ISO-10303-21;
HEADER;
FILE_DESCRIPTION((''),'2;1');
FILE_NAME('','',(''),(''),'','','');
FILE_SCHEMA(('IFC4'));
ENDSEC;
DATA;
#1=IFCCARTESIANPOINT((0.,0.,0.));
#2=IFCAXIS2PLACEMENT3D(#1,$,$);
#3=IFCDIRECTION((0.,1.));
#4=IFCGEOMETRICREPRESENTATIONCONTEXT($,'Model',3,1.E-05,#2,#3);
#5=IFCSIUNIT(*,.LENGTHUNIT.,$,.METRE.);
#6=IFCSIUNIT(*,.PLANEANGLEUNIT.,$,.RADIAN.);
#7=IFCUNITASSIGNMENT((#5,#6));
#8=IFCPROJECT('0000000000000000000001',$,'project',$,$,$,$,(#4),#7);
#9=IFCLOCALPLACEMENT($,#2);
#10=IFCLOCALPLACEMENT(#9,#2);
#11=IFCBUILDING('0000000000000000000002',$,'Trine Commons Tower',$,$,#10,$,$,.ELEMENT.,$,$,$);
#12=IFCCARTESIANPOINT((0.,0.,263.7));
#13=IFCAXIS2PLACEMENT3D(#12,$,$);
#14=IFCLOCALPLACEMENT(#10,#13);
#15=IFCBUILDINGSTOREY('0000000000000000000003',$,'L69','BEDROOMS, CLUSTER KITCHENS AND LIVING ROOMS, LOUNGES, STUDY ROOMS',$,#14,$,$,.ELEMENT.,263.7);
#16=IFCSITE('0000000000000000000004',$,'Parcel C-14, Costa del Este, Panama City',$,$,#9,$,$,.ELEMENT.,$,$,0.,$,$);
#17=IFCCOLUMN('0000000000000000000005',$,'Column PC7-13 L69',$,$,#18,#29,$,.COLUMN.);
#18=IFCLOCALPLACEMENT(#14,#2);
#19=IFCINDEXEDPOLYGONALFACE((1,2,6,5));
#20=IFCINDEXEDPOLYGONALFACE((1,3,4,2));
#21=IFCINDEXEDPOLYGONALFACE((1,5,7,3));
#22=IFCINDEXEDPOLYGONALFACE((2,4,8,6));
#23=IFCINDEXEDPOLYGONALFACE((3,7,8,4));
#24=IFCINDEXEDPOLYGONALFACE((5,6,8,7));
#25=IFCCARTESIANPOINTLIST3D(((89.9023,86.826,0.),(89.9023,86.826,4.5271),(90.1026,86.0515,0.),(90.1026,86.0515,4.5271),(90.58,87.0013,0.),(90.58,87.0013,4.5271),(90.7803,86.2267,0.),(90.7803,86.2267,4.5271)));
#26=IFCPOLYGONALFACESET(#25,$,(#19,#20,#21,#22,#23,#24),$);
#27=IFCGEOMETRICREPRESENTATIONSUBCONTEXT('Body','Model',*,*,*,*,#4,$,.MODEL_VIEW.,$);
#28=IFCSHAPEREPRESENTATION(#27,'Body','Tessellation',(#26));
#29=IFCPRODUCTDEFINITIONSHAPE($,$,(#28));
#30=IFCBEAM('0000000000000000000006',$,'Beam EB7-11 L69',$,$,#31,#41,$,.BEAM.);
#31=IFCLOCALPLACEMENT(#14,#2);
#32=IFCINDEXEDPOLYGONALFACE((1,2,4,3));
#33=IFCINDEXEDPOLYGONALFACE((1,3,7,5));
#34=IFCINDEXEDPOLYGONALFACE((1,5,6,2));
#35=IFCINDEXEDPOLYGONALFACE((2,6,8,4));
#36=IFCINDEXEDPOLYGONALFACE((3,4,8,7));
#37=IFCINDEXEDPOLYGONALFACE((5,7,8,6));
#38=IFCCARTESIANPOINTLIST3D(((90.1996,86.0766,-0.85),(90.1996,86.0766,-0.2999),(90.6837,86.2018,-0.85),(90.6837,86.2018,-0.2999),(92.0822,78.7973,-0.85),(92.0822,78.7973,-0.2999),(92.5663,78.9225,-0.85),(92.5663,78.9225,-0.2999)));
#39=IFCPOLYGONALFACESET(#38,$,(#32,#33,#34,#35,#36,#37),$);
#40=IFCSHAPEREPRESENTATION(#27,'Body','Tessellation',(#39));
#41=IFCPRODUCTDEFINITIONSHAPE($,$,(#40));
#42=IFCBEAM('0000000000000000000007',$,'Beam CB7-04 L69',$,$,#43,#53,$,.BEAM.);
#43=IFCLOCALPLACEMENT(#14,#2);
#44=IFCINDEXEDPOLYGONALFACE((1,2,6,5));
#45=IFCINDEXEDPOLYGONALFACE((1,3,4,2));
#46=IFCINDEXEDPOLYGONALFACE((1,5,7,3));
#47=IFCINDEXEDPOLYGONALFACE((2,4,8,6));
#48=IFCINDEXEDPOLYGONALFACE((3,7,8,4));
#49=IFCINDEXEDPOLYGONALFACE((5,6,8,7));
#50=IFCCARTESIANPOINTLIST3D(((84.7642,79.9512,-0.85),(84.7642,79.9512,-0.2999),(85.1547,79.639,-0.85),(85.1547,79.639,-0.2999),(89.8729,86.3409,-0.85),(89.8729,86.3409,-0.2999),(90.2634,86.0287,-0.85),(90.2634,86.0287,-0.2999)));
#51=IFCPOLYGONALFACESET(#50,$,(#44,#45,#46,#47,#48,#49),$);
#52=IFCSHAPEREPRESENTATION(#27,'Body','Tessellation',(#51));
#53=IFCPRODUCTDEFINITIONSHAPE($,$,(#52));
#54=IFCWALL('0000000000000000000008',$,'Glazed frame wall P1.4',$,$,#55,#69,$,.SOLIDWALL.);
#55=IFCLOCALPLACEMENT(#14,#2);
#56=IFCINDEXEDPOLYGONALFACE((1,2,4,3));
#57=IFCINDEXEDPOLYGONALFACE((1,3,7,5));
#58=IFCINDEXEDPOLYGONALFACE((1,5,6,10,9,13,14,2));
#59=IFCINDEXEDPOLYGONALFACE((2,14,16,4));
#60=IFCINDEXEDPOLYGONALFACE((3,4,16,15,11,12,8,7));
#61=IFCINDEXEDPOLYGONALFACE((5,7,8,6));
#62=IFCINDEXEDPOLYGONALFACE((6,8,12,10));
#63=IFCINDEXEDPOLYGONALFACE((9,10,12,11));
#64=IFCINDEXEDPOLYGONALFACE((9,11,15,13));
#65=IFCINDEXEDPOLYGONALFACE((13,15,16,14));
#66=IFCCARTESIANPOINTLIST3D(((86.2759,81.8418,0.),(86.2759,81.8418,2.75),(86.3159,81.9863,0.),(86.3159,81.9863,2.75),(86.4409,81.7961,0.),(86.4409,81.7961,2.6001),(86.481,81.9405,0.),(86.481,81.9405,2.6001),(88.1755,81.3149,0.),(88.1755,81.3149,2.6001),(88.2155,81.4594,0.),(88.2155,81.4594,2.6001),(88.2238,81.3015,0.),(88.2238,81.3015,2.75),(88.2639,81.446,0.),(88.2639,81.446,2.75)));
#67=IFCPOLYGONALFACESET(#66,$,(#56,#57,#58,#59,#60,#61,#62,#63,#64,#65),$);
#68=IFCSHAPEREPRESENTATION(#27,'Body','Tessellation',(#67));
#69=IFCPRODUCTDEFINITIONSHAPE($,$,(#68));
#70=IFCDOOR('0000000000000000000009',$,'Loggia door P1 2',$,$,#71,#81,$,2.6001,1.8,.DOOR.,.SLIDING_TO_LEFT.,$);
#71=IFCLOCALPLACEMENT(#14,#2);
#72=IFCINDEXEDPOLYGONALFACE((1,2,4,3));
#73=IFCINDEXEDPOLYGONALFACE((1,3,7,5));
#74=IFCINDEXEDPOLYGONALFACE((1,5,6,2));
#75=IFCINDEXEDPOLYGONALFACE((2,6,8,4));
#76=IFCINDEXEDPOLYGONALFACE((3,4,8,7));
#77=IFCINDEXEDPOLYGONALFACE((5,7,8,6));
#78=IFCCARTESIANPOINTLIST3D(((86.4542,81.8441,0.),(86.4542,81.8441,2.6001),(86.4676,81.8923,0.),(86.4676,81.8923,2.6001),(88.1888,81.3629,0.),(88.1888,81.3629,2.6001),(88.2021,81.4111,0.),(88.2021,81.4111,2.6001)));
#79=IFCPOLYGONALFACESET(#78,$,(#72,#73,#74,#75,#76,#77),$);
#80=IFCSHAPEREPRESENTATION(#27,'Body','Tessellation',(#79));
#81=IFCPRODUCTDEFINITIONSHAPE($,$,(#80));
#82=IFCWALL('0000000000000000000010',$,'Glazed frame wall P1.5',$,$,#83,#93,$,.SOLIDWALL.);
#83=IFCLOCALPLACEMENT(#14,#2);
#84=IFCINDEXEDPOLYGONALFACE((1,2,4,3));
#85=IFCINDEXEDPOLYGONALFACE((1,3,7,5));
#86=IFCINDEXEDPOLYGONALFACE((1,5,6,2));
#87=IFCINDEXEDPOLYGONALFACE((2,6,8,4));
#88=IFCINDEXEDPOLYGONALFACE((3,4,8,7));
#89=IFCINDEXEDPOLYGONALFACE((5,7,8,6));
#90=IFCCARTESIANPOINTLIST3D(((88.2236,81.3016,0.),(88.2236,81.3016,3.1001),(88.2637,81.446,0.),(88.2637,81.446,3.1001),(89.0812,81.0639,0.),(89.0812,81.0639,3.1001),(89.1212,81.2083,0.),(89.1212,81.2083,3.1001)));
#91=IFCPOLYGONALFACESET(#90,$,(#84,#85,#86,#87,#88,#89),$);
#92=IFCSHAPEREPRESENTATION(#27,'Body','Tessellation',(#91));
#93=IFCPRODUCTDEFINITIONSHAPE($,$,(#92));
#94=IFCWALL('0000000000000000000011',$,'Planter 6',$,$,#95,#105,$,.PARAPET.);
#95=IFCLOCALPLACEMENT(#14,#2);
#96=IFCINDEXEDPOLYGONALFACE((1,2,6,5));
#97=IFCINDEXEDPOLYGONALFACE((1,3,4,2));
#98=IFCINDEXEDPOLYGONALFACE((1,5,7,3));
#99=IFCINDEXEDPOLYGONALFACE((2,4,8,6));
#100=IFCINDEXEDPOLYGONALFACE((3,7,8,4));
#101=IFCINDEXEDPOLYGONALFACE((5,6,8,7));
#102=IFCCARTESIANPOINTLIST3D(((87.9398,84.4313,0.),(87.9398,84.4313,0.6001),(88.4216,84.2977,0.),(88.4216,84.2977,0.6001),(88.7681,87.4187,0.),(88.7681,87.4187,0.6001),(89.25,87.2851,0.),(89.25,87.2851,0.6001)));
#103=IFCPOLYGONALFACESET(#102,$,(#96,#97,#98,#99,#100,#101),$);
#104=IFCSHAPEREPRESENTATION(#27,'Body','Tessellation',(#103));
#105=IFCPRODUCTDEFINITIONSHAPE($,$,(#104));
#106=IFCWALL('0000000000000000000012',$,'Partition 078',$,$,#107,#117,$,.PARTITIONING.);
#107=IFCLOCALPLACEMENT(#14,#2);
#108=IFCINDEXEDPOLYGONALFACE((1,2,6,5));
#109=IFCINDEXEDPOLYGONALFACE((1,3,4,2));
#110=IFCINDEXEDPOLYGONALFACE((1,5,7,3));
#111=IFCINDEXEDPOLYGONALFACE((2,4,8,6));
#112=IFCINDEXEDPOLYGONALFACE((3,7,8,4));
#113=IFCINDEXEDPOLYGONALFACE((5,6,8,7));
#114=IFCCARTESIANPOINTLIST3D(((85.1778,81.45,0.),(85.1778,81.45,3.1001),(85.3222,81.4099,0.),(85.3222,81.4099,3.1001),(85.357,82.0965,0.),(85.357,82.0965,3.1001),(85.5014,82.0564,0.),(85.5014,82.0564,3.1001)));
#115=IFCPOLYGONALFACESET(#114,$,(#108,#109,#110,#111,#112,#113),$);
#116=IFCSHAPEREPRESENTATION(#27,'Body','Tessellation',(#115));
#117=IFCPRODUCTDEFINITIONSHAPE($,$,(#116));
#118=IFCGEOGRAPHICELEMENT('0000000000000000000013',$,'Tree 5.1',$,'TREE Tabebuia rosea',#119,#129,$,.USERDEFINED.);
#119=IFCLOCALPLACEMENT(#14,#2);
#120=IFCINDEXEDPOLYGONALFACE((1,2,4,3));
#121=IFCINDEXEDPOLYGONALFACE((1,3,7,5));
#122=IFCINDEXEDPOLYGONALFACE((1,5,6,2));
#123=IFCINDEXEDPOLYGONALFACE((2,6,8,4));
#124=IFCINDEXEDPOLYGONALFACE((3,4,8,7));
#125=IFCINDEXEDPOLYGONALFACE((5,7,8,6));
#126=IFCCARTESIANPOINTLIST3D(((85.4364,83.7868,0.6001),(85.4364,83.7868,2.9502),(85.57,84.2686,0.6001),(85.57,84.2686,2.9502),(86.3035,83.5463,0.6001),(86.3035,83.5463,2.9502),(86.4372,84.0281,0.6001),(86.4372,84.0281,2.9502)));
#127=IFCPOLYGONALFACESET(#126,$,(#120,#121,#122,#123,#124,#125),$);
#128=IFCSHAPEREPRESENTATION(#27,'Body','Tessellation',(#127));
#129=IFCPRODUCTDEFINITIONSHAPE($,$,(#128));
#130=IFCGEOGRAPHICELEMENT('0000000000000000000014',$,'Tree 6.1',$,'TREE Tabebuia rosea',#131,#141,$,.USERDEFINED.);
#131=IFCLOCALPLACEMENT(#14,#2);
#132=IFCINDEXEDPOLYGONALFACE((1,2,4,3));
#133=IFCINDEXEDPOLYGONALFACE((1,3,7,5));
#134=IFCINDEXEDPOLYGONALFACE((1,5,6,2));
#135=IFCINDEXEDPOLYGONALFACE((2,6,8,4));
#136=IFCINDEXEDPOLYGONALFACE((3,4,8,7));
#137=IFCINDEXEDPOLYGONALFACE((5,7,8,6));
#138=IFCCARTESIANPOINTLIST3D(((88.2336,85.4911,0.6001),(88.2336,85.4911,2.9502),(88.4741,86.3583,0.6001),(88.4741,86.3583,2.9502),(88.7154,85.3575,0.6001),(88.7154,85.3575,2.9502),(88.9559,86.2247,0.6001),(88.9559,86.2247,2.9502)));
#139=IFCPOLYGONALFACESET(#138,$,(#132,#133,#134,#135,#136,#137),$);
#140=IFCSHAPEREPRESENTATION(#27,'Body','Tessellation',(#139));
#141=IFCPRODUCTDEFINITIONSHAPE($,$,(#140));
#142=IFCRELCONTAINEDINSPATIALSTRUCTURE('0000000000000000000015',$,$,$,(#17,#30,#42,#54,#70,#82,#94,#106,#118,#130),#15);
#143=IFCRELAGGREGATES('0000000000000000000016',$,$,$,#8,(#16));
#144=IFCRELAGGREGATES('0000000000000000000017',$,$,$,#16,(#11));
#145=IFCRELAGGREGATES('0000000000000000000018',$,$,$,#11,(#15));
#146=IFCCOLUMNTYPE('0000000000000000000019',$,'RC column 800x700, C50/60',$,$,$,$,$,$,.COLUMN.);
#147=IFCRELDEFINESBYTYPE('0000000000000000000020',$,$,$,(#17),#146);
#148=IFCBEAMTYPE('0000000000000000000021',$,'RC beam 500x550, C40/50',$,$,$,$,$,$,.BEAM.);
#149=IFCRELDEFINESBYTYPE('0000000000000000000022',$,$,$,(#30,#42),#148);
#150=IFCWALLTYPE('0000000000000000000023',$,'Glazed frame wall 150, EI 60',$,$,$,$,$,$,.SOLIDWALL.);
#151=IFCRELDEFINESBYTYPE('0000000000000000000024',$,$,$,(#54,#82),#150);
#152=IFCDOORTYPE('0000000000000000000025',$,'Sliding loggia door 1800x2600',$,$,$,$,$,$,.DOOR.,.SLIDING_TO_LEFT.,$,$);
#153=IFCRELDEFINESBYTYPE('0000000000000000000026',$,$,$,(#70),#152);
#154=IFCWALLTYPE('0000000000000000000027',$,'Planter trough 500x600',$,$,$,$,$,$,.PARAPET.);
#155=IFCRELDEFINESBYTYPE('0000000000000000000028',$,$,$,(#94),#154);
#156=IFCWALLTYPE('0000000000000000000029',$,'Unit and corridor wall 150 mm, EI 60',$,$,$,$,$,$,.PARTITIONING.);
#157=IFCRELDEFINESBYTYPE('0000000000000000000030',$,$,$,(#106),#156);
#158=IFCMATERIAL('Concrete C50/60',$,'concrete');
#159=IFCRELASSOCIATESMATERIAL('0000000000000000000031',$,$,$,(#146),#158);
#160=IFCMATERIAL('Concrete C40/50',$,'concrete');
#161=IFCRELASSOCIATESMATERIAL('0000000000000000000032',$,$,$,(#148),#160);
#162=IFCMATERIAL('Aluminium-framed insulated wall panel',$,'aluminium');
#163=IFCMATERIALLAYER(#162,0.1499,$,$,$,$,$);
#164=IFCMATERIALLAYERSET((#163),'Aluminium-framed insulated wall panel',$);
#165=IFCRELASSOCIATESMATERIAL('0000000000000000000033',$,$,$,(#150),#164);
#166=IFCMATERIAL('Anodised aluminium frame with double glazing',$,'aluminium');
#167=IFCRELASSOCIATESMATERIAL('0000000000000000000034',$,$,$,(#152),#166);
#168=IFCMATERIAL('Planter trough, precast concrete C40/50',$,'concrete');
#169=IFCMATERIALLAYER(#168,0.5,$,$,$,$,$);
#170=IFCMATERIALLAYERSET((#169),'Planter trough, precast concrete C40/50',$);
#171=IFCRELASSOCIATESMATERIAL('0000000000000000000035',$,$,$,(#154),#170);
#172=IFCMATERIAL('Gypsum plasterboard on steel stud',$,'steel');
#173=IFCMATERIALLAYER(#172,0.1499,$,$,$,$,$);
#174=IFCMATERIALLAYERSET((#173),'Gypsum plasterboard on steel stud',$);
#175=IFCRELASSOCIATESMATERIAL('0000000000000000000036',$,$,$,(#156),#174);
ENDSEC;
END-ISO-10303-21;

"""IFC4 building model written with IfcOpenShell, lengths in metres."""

from ifc_helpers import new_model, si_unit, direction, frame, frame_2d, origin, origin_2d, place, context, subcontext, project, spatial, polyline, rectangle, outline, extrude, material, layer, layer_set, material_profile, profile_set, type_object, element, fill, save


model = new_model("IFC4")

# Units and contexts
model_context = context("Model", 3, precision=1e-05, world=origin(), true_north=direction((0.0, 1.0)))
body_context = subcontext(model_context, "Body", "Model", "MODEL_VIEW")
ifc_project = project(units=[si_unit("LENGTHUNIT", "METRE"), si_unit("PLANEANGLEUNIT", "RADIAN")], contexts=[model_context])

# Site, building, storey
site_placement = place(None, origin())
site = spatial("IfcSite", under=ifc_project, at=site_placement, Name="Parcel C-14, Costa del Este, Panama City", CompositionType="ELEMENT", RefElevation=0.0)
building_placement = place(site_placement, origin())
building = spatial("IfcBuilding", under=site, at=building_placement, Name="Trine Commons Tower", CompositionType="ELEMENT")
storey_placement = place(building_placement, frame((0.0, 0.0, 263.7)))
storey = spatial("IfcBuildingStorey", under=building, at=storey_placement, Name="L69", Description="BEDROOMS, CLUSTER KITCHENS AND LIVING ROOMS, LOUNGES, STUDY ROOMS", CompositionType="ELEMENT", Elevation=263.7)

# Column
ifc_material_1 = material(Name="Concrete C50/60", Category="concrete")
ifc_material_profile_1 = material_profile(ifc_material_1, rectangle(XDim=0.8, YDim=0.7, at=origin_2d()), Name="RC 800x700")
ifc_profile_set_1 = profile_set([ifc_material_profile_1], Name="Concrete C50/60")
column_type = type_object("IfcColumnType", Name="RC column 800x700, C50/60", PredefinedType="COLUMN", material=ifc_profile_set_1)
column_placement = place(storey_placement, frame((90.3413, 86.5264, 0.0), z_axis=(0.0, 0.0, 1.0), x_axis=(-0.25038, 0.968148, 0.0)))
element("IfcColumn", 1, at=column_placement, inside=storey, type_object=column_type, Name="Column PC7-13 L69", PredefinedType="COLUMN", context=body_context, shape_type="SweptSolid", body=[
    extrude(rectangle(XDim=0.8, YDim=0.7, at=origin_2d()), origin(), (0.0, 0.0, 1.0), 4.5271),
])

# Beams
ifc_material_2 = material(Name="Concrete C40/50", Category="concrete")
ifc_material_profile_2 = material_profile(ifc_material_2, rectangle(XDim=0.5, YDim=0.55, at=origin_2d()), Name="RC 500x550")
ifc_profile_set_2 = profile_set([ifc_material_profile_2], Name="Concrete C40/50")
beam_type = type_object("IfcBeamType", Name="RC beam 500x550, C40/50", PredefinedType="BEAM", material=ifc_profile_set_2)
beam_1_placement = place(storey_placement, frame((90.4417, 86.1392, -0.575), z_axis=(0.250382, -0.968147, 0.0), x_axis=(0.968147, 0.250382, 0.0)))
element("IfcBeam", 2, at=beam_1_placement, inside=storey, type_object=beam_type, Name="Beam EB7-11 L69", PredefinedType="BEAM", context=body_context, shape_type="SweptSolid", body=[
    extrude(rectangle(XDim=0.5, YDim=0.55, at=origin_2d()), origin(), (0.0, 0.0, 1.0), 7.5188),
])
beam_2_placement = place(storey_placement, frame((90.0681, 86.1848, -0.575), z_axis=(-0.624466, -0.781052, 0.0), x_axis=(0.781052, -0.624466, 0.0)))
element("IfcBeam", 3, at=beam_2_placement, inside=storey, type_object=beam_type, Name="Beam CB7-04 L69", PredefinedType="BEAM", context=body_context, shape_type="SweptSolid", body=[
    extrude(rectangle(XDim=0.5, YDim=0.55, at=origin_2d()), origin(), (0.0, 0.0, 1.0), 8.1809),
])

# Wall, opening, door
ifc_material_3 = material(Name="Aluminium-framed insulated wall panel", Category="aluminium")
ifc_layer_1 = layer(ifc_material_3, 0.1499)
ifc_layer_set_1 = layer_set([ifc_layer_1], Name="Aluminium-framed insulated wall panel")
wall_type_1 = type_object("IfcWallType", Name="Glazed frame wall 150, EI 60", PredefinedType="SOLIDWALL", material=ifc_layer_set_1)
wall_1_placement = place(storey_placement, frame((86.2959, 81.9141, 0.0), z_axis=(0.0, 0.0, 1.0), x_axis=(0.963615, -0.267295, 0.0)))
wall_1 = element("IfcWall", 4, at=wall_1_placement, inside=storey, type_object=wall_type_1, Name="Glazed frame wall P1.4", PredefinedType="SOLIDWALL", context=body_context, shape_type="SweptSolid", body=[
    extrude(outline(polyline([(0.0, -0.075), (2.0215, -0.075), (2.0215, 0.075), (0.0, 0.075), (0.0, -0.075)])), origin(), (0.0, 0.0, 1.0), 2.75),
])
opening_1_placement = place(wall_1_placement, frame((0.1714, 0.0, 0.0)))
opening_1 = element("IfcOpeningElement", 5, at=opening_1_placement, cuts=wall_1, PredefinedType="OPENING", context=body_context, shape_type="SweptSolid", body=[
    extrude(rectangle(XDim=1.8, YDim=2.6001, at=frame_2d((0.8999, 1.3))), frame((0.0, 0.085, 0.0), z_axis=(0.0, -1.0, 0.0), x_axis=(1.0, 0.0, 0.0)), (0.0, 0.0, 1.0), 0.1699),
])
ifc_material_4 = material(Name="Anodised aluminium frame with double glazing", Category="aluminium")
door_type = type_object("IfcDoorType", Name="Sliding loggia door 1800x2600", OperationType="SLIDING_TO_LEFT", PredefinedType="DOOR", material=ifc_material_4)
door_1_placement = place(opening_1_placement, origin())
door_1 = element("IfcDoor", 6, at=door_1_placement, inside=storey, type_object=door_type, Name="Loggia door P1 2", OperationType="SLIDING_TO_LEFT", OverallHeight=2.6001, OverallWidth=1.8, PredefinedType="DOOR", context=body_context, shape_type="SweptSolid", body=[
    extrude(rectangle(XDim=1.8, YDim=2.6001, at=frame_2d((0.8999, 1.3))), frame((0.0, 0.0249, 0.0), z_axis=(0.0, -1.0, 0.0), x_axis=(1.0, 0.0, 0.0)), (0.0, 0.0, 1.0), 0.05),
])
fill(opening_1, door_1)

# Wall
wall_2_placement = place(storey_placement, frame((88.2437, 81.3738, 0.0), z_axis=(0.0, 0.0, 1.0), x_axis=(0.963668, -0.267102, 0.0)))
element("IfcWall", 7, at=wall_2_placement, inside=storey, type_object=wall_type_1, Name="Glazed frame wall P1.5", PredefinedType="SOLIDWALL", context=body_context, shape_type="SweptSolid", body=[
    extrude(outline(polyline([(0.8899, 0.075), (0.0, 0.075), (0.0, -0.075), (0.8899, -0.075), (0.8899, 0.075)])), origin(), (0.0, 0.0, 1.0), 3.1001),
])

# Walls
ifc_material_5 = material(Name="Planter trough, precast concrete C40/50", Category="concrete")
ifc_layer_2 = layer(ifc_material_5, 0.5)
ifc_layer_set_2 = layer_set([ifc_layer_2], Name="Planter trough, precast concrete C40/50")
wall_type_2 = type_object("IfcWallType", Name="Planter trough 500x600", PredefinedType="PARAPET", material=ifc_layer_set_2)
wall_3_placement = place(storey_placement, frame((88.1807, 84.3645, 0.0), z_axis=(0.0, 0.0, 1.0), x_axis=(0.267213, 0.963637, 0.0)))
element("IfcWall", 8, at=wall_3_placement, inside=storey, type_object=wall_type_2, Name="Planter 6", PredefinedType="PARAPET", context=body_context, shape_type="SweptSolid", body=[
    extrude(rectangle(XDim=3.1001, YDim=0.5, at=frame_2d((1.55, 0.0))), origin(), (0.0, 0.0, 1.0), 0.6001),
])
ifc_material_6 = material(Name="Gypsum plasterboard on steel stud", Category="steel")
ifc_layer_3 = layer(ifc_material_6, 0.1499)
ifc_layer_set_3 = layer_set([ifc_layer_3], Name="Gypsum plasterboard on steel stud")
wall_type_3 = type_object("IfcWallType", Name="Unit and corridor wall 150 mm, EI 60", PredefinedType="PARTITIONING", material=ifc_layer_set_3)
wall_4_placement = place(storey_placement, frame((85.25, 81.4299, 0.0), z_axis=(0.0, 0.0, 1.0), x_axis=(0.267118, 0.963664, 0.0)))
element("IfcWall", 9, at=wall_4_placement, inside=storey, type_object=wall_type_3, Name="Partition 078", PredefinedType="PARTITIONING", context=body_context, shape_type="SweptSolid", body=[
    extrude(rectangle(XDim=0.6709, YDim=0.1499, at=frame_2d((0.3354, 0.0))), origin(), (0.0, 0.0, 1.0), 3.1001),
])

# Geographic elements
for number, where, z_axis, x_axis, name in (
    (10, (85.9368, 83.9075, 0.6001), (0.0, 0.0, 1.0), (0.963634, -0.267227, 0.0), "Tree 5.1"),
    (11, (88.5947, 85.8579, 0.6001), (0.0, 0.0, 1.0), (0.26724, 0.96363, 0.0), "Tree 6.1"),
):
    element("IfcGeographicElement", number, at=place(storey_placement, frame(where, z_axis=z_axis, x_axis=x_axis)), inside=storey, Name=name, ObjectType="TREE Tabebuia rosea", PredefinedType="USERDEFINED", context=body_context, shape_type="SweptSolid", body=[
        extrude(rectangle(XDim=0.8999, YDim=0.5, at=origin_2d()), origin(), (0.0, 0.0, 1.0), 2.3501),
    ])

save(model, "model.ifc")
